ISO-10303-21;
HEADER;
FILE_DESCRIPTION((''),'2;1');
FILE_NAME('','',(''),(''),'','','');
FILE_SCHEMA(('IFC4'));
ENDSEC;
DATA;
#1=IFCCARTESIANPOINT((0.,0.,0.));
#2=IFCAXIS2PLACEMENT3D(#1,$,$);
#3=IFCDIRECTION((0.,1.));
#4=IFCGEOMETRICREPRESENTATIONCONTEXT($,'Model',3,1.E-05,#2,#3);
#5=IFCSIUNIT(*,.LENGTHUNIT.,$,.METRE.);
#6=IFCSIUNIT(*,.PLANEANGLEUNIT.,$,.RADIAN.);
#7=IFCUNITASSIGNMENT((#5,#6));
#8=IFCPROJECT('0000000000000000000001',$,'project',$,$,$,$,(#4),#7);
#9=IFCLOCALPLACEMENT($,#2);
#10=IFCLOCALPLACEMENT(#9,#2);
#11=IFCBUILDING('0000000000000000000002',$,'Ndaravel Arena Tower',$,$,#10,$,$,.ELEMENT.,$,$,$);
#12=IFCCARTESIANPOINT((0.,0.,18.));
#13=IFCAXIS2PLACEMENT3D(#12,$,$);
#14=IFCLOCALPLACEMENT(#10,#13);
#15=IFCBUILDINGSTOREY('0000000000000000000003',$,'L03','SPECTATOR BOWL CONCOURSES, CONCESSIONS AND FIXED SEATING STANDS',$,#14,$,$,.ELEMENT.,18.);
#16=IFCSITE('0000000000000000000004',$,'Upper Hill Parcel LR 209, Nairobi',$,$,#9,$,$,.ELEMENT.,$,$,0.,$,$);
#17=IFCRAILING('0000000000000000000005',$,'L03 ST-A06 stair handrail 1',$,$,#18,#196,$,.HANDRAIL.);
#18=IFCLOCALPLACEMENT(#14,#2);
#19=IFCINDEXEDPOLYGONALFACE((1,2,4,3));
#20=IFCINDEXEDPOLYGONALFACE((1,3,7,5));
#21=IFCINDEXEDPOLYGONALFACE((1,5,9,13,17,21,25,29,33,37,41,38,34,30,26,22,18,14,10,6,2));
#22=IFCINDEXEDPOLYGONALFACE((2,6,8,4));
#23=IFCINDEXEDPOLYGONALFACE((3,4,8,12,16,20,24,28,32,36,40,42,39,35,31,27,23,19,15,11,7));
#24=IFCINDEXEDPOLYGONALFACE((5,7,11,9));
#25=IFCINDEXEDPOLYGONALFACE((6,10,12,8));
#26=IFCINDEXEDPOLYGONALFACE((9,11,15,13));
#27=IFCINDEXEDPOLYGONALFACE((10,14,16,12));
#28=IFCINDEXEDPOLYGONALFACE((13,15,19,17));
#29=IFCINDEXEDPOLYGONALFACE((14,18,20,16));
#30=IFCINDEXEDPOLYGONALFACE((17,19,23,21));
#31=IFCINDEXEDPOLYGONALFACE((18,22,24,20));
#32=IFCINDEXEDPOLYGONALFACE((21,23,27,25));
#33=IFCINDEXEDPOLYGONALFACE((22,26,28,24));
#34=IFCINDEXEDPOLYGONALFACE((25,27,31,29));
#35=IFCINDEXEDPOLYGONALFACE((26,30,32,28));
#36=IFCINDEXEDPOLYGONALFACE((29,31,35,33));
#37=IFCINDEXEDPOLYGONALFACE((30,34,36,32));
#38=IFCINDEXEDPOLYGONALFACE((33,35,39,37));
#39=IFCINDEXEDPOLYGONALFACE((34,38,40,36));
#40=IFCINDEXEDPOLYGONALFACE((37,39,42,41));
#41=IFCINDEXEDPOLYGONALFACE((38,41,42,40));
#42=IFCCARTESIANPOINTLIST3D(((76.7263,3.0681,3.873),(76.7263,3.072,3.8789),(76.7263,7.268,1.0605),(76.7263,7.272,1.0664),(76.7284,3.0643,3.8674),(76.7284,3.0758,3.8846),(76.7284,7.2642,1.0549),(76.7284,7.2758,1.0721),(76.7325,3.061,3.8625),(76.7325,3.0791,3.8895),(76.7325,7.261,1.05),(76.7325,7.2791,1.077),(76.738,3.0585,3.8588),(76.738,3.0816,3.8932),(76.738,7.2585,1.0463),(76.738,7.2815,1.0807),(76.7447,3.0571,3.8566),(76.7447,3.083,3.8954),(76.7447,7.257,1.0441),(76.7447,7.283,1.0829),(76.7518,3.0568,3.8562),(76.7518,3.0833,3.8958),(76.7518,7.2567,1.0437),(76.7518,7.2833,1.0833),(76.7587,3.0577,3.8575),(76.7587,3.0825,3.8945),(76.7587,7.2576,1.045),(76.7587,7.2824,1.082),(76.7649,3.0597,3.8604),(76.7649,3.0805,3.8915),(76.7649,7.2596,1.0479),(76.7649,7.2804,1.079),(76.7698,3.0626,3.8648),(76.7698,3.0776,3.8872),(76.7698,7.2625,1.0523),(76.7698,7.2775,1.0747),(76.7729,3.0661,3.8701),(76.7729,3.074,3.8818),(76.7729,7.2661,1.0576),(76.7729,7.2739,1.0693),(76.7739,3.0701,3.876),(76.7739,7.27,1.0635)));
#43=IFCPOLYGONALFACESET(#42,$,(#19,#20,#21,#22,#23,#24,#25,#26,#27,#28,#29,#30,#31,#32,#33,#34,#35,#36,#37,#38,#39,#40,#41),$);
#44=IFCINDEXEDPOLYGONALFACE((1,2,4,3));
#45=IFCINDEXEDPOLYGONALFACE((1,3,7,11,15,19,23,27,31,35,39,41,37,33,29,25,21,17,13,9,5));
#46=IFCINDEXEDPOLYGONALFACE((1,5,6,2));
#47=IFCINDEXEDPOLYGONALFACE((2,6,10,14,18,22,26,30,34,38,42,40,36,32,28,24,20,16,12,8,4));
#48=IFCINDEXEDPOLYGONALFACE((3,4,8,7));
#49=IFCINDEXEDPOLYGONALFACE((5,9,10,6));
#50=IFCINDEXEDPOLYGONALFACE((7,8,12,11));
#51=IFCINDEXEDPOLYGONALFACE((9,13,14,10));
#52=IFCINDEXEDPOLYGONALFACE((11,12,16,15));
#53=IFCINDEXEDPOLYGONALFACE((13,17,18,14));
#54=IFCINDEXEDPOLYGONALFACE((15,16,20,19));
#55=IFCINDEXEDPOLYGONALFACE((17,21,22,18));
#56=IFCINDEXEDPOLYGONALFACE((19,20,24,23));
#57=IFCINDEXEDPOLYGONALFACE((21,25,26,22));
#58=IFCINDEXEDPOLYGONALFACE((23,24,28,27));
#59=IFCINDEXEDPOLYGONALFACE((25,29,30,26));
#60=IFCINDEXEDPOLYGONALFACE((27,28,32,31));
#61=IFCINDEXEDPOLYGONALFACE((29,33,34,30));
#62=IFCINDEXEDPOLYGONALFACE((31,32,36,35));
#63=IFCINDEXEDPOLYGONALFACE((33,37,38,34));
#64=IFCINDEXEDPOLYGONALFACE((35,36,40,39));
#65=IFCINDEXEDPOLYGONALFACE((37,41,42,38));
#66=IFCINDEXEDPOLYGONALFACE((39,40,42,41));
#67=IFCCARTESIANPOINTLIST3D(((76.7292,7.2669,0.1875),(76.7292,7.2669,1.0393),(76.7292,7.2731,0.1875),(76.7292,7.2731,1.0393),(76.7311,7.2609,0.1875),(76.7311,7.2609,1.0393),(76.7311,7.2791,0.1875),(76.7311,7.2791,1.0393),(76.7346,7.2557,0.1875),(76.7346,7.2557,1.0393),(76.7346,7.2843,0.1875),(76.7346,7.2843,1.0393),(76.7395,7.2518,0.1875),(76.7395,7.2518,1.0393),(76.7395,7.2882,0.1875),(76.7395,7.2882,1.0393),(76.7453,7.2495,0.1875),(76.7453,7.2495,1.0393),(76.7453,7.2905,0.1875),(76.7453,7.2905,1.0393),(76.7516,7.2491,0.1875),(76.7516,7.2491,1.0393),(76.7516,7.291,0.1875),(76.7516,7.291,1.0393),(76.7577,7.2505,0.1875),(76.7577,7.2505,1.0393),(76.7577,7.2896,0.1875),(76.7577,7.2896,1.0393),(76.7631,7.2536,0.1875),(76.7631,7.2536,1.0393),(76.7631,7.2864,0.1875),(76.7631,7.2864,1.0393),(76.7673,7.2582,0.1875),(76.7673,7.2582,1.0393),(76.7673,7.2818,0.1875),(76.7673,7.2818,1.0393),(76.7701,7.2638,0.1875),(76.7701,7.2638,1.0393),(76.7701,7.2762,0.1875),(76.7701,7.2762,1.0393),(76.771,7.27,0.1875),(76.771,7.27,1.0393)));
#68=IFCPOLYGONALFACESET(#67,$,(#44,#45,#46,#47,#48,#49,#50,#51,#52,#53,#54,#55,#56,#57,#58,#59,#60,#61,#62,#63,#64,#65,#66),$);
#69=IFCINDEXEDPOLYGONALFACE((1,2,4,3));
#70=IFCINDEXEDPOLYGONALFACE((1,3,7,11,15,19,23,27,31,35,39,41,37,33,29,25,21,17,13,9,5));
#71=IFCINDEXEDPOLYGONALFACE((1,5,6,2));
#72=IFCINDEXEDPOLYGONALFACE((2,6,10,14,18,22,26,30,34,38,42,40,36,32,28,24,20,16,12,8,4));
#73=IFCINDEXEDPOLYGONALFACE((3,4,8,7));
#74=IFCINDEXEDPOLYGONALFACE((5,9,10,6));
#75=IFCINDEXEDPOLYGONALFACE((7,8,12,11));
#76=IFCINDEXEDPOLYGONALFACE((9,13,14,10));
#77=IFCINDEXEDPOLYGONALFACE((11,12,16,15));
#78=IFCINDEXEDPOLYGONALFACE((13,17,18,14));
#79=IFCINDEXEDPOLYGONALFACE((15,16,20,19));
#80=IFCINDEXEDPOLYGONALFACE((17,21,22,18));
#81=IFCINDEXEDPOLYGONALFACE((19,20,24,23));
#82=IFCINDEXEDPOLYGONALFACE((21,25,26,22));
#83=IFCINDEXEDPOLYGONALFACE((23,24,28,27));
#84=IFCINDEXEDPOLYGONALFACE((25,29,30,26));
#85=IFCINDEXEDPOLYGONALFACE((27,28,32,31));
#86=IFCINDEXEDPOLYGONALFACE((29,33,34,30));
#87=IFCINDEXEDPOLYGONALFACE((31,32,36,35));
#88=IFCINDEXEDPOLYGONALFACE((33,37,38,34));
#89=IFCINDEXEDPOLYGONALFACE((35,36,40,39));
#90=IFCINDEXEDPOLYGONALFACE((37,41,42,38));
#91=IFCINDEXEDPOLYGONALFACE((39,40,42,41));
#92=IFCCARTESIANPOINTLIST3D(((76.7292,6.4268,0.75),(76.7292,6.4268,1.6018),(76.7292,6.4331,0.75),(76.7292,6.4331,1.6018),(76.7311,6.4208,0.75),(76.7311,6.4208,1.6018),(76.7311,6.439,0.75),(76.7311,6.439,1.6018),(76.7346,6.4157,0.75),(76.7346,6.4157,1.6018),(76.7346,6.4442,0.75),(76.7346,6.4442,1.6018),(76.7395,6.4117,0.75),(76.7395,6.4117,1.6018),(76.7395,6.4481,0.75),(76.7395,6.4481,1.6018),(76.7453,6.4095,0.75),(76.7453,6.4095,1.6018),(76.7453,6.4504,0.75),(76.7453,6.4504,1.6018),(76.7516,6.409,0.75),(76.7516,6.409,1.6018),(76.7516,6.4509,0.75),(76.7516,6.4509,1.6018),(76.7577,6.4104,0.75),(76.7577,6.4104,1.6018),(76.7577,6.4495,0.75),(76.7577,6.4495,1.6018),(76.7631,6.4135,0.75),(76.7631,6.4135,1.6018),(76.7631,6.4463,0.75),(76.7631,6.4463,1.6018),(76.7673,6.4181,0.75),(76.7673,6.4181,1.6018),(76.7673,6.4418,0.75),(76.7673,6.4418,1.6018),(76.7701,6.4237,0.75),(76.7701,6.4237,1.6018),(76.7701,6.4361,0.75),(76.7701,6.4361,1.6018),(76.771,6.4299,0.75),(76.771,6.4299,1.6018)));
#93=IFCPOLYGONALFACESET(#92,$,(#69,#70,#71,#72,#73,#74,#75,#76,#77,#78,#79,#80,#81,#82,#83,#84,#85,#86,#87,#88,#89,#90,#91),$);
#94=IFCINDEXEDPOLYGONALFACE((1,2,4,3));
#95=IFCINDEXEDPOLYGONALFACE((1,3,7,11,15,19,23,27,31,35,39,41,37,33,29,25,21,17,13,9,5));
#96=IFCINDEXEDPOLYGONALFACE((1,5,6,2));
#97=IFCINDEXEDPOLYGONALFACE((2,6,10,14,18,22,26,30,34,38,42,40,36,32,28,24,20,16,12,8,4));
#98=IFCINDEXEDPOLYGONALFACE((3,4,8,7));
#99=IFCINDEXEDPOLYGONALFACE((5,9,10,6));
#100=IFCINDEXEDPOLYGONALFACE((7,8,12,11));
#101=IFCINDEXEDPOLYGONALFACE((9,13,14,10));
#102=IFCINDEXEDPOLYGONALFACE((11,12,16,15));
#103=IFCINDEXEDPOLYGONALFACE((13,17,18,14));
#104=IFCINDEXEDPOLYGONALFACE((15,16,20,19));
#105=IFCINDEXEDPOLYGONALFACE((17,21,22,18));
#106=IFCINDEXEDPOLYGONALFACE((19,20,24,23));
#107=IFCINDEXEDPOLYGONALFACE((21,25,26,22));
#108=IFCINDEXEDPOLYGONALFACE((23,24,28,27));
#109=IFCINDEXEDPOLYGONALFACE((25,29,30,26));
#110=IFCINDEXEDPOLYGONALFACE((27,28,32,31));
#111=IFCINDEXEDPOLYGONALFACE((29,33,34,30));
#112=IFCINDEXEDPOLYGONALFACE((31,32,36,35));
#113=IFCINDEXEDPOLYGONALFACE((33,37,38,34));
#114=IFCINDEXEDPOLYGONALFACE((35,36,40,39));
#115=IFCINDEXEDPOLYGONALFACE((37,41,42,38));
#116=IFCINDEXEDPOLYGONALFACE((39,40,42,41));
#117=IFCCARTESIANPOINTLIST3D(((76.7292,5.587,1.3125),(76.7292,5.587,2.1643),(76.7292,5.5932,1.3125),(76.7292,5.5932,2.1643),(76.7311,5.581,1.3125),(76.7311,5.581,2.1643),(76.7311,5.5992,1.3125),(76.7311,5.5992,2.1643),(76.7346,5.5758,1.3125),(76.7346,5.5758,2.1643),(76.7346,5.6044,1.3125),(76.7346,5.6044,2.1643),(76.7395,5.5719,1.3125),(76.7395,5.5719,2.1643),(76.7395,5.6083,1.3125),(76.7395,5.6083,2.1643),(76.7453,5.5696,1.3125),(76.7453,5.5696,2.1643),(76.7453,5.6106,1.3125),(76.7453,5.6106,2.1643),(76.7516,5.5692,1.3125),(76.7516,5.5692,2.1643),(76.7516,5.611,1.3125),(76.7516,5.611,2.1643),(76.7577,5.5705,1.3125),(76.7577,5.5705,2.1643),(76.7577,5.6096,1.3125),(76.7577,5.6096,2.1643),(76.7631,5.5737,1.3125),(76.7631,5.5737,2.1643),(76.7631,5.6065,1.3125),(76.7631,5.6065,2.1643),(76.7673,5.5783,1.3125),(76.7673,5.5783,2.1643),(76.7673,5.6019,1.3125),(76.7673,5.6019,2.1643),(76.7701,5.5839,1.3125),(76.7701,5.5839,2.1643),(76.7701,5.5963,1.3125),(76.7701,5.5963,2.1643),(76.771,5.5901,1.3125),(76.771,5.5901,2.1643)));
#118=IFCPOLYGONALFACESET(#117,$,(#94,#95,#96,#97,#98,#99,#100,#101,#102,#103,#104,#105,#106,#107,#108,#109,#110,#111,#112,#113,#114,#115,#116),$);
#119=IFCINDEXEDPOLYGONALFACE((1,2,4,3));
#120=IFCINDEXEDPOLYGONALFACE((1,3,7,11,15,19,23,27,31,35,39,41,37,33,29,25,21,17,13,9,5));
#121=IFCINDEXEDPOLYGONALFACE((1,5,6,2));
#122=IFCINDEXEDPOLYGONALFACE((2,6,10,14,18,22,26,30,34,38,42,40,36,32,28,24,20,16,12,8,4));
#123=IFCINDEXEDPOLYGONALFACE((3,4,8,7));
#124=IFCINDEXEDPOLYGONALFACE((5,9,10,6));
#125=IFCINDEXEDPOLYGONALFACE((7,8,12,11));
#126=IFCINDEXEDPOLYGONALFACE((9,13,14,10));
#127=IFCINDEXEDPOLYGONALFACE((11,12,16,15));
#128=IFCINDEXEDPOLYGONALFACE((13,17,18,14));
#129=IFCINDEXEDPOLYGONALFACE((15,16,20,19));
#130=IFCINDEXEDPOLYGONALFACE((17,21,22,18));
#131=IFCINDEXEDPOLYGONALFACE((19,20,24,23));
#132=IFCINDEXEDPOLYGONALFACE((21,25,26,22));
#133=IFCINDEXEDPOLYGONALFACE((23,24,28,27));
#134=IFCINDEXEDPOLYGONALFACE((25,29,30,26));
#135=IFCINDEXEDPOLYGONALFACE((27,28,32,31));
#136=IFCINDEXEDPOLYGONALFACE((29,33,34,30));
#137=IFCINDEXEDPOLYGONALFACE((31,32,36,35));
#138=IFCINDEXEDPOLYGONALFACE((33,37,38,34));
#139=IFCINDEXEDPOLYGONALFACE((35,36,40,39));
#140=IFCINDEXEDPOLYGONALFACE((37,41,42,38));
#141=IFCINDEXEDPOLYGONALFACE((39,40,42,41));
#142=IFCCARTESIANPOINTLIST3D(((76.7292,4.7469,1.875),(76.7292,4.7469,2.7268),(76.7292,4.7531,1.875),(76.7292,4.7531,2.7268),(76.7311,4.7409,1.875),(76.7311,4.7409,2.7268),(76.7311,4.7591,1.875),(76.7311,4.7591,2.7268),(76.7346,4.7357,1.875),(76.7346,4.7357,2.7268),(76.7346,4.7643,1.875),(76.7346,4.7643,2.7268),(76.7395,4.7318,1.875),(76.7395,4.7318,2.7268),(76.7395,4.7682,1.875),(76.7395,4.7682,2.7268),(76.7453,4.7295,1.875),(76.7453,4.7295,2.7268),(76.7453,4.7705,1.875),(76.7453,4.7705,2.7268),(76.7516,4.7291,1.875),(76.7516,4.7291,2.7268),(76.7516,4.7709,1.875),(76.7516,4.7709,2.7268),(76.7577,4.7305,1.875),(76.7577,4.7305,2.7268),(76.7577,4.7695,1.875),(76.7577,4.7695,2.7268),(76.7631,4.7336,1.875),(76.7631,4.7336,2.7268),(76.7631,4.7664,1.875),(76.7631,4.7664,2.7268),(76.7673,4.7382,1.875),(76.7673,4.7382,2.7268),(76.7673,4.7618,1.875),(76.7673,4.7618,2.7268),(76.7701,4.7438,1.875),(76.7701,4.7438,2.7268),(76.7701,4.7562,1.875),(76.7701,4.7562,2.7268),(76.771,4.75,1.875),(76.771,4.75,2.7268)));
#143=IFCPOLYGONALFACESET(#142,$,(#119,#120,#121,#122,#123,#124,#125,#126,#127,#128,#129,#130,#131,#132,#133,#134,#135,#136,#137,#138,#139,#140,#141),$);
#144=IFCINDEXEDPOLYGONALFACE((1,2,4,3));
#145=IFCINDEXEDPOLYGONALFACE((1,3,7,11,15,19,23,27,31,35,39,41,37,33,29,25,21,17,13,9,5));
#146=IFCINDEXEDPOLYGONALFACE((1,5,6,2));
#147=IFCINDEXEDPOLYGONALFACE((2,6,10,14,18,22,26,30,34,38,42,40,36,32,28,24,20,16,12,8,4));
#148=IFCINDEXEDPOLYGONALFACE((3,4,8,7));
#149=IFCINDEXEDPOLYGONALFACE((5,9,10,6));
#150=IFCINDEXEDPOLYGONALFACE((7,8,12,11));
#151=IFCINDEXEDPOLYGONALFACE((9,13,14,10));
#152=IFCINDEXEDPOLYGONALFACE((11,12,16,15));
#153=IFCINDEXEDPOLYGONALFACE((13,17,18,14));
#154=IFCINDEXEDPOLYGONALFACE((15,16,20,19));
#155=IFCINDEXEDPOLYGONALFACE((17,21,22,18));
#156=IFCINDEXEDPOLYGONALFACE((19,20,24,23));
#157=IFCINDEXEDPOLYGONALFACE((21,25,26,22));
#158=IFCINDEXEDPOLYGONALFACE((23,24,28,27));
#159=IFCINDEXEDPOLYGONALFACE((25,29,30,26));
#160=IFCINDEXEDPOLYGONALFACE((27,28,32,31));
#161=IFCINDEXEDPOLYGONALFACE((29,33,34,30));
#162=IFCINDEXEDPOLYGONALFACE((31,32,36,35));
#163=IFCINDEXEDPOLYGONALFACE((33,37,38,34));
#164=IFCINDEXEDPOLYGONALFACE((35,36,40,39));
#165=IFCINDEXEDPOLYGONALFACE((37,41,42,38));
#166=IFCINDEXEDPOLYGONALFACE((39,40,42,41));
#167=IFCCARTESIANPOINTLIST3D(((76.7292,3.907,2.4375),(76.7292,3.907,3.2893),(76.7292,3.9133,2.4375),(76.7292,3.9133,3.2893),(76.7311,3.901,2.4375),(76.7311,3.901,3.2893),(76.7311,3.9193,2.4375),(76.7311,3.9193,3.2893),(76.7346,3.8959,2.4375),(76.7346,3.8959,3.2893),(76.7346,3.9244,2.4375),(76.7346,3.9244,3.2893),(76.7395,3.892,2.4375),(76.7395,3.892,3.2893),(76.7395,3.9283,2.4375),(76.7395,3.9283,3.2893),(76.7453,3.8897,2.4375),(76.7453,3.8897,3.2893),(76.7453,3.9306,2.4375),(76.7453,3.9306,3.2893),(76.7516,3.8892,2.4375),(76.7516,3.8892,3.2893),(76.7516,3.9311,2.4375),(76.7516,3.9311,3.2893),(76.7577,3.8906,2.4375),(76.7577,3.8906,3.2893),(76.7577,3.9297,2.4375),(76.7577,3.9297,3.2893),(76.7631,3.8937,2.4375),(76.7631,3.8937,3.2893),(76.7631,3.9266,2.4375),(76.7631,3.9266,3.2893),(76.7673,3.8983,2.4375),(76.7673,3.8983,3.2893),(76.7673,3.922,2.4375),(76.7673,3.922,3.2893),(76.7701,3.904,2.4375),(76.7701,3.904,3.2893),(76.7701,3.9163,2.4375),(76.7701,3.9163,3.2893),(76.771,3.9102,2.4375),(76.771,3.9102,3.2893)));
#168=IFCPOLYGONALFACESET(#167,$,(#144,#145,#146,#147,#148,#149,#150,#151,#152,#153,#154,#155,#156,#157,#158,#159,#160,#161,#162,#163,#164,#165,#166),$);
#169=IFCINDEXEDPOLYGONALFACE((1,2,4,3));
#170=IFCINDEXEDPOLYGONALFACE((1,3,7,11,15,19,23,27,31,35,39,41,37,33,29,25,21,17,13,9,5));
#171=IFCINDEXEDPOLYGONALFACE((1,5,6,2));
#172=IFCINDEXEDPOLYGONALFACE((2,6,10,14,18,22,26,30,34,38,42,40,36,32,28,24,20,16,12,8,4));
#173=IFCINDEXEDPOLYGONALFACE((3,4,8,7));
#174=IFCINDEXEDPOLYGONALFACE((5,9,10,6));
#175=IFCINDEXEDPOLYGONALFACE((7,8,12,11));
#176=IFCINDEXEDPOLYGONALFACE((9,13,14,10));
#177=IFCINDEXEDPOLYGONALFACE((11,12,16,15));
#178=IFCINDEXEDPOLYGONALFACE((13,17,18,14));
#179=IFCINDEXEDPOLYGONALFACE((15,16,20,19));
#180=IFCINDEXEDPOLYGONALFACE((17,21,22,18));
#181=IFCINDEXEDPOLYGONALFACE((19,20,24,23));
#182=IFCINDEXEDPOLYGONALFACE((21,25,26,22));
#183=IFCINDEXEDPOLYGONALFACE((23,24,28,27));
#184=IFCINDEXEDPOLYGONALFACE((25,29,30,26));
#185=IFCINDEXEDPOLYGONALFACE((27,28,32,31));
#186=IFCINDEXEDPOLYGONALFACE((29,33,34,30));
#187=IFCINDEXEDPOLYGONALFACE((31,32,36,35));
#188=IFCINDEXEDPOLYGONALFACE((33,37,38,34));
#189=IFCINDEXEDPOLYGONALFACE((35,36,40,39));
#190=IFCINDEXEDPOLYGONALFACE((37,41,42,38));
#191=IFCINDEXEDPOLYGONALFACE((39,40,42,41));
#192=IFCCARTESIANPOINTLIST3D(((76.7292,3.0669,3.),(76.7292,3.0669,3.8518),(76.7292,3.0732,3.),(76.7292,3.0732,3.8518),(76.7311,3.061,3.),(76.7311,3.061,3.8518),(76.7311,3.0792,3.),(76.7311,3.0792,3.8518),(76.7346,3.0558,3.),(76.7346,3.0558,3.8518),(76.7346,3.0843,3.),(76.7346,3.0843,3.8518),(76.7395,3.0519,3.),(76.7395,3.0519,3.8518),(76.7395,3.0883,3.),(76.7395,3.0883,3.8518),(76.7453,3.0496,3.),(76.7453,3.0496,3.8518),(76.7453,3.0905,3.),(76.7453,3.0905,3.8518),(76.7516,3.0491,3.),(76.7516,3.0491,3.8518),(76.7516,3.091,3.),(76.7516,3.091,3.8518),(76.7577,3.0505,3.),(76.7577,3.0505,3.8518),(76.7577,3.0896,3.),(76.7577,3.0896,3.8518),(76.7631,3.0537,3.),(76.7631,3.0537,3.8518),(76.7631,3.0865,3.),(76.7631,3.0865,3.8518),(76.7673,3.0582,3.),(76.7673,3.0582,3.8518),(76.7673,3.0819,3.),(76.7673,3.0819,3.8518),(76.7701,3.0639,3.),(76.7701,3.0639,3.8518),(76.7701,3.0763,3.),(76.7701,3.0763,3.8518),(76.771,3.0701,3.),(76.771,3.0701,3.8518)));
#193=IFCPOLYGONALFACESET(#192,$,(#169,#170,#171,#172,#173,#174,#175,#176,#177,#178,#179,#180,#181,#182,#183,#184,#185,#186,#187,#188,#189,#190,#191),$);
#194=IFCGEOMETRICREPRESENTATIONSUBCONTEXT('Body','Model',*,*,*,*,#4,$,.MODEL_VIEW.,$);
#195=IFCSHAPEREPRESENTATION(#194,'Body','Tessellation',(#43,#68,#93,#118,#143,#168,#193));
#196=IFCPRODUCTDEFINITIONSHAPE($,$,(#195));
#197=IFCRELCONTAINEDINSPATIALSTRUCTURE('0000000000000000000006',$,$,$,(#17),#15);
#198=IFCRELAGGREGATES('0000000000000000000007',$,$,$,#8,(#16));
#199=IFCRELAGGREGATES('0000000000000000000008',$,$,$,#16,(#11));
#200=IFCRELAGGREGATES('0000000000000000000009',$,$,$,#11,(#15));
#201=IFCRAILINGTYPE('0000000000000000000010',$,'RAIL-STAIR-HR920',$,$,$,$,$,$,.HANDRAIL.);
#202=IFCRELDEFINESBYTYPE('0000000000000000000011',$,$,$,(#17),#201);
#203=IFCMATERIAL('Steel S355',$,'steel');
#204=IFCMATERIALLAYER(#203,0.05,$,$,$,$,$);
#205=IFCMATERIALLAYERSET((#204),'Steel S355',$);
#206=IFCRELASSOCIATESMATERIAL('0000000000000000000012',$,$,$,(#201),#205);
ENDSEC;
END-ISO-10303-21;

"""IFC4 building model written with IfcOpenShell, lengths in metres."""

from ifc_helpers import new_model, si_unit, direction, frame, origin, origin_2d, place, context, subcontext, project, spatial, circle, extrude, material, layer, layer_set, type_object, element, save


model = new_model("IFC4")

# Units and contexts
model_context = context("Model", 3, precision=1e-05, world=origin(), true_north=direction((0.0, 1.0)))
body_context = subcontext(model_context, "Body", "Model", "MODEL_VIEW")
ifc_project = project(units=[si_unit("LENGTHUNIT", "METRE"), si_unit("PLANEANGLEUNIT", "RADIAN")], contexts=[model_context])

# Site, building, storey
site_placement = place(None, origin())
site = spatial("IfcSite", under=ifc_project, at=site_placement, Name="Upper Hill Parcel LR 209, Nairobi", CompositionType="ELEMENT", RefElevation=0.0)
building_placement = place(site_placement, origin())
building = spatial("IfcBuilding", under=site, at=building_placement, Name="Ndaravel Arena Tower", CompositionType="ELEMENT")
storey_placement = place(building_placement, frame((0.0, 0.0, 18.0)))
storey = spatial("IfcBuildingStorey", under=building, at=storey_placement, Name="L03", Description="SPECTATOR BOWL CONCOURSES, CONCESSIONS AND FIXED SEATING STANDS", CompositionType="ELEMENT", Elevation=18.0)

# Railing
ifc_material_1 = material(Name="Steel S355", Category="steel")
ifc_layer_1 = layer(ifc_material_1, 0.05)
ifc_layer_set_1 = layer_set([ifc_layer_1], Name="Steel S355")
railing_type_1 = type_object("IfcRailingType", Name="RAIL-STAIR-HR920", PredefinedType="HANDRAIL", material=ifc_layer_set_1)
railing_1_placement = place(storey_placement, frame((76.75, 7.27, 0.1875)))
element("IfcRailing", 1, at=railing_1_placement, inside=storey, type_object=railing_type_1, Name="L03 ST-A06 stair handrail 1", PredefinedType="HANDRAIL", context=body_context, shape_type="SweptSolid", body=[
    extrude(circle(Radius=0.0239, at=origin_2d()), frame((0.0, 0.0, 0.876), z_axis=(0.0, -0.830904, 0.556416), x_axis=(1.0, 0.0, 0.0)), (0.0, 0.0, 1.0), 5.0547),
    extrude(circle(Radius=0.021, at=origin_2d()), origin(), (0.0, 0.0, 1.0), 0.8518),
    extrude(circle(Radius=0.021, at=origin_2d()), frame((0.0, -0.8401, 0.5625)), (0.0, 0.0, 1.0), 0.8518),
    extrude(circle(Radius=0.021, at=origin_2d()), frame((0.0, -1.6799, 1.125)), (0.0, 0.0, 1.0), 0.8518),
    extrude(circle(Radius=0.021, at=origin_2d()), frame((0.0, -2.52, 1.6875)), (0.0, 0.0, 1.0), 0.8518),
    extrude(circle(Radius=0.021, at=origin_2d()), frame((0.0, -3.3599, 2.25)), (0.0, 0.0, 1.0), 0.8518),
    extrude(circle(Radius=0.021, at=origin_2d()), frame((0.0, -4.2, 2.8125)), (0.0, 0.0, 1.0), 0.8518),
])

save(model, "model.ifc")
